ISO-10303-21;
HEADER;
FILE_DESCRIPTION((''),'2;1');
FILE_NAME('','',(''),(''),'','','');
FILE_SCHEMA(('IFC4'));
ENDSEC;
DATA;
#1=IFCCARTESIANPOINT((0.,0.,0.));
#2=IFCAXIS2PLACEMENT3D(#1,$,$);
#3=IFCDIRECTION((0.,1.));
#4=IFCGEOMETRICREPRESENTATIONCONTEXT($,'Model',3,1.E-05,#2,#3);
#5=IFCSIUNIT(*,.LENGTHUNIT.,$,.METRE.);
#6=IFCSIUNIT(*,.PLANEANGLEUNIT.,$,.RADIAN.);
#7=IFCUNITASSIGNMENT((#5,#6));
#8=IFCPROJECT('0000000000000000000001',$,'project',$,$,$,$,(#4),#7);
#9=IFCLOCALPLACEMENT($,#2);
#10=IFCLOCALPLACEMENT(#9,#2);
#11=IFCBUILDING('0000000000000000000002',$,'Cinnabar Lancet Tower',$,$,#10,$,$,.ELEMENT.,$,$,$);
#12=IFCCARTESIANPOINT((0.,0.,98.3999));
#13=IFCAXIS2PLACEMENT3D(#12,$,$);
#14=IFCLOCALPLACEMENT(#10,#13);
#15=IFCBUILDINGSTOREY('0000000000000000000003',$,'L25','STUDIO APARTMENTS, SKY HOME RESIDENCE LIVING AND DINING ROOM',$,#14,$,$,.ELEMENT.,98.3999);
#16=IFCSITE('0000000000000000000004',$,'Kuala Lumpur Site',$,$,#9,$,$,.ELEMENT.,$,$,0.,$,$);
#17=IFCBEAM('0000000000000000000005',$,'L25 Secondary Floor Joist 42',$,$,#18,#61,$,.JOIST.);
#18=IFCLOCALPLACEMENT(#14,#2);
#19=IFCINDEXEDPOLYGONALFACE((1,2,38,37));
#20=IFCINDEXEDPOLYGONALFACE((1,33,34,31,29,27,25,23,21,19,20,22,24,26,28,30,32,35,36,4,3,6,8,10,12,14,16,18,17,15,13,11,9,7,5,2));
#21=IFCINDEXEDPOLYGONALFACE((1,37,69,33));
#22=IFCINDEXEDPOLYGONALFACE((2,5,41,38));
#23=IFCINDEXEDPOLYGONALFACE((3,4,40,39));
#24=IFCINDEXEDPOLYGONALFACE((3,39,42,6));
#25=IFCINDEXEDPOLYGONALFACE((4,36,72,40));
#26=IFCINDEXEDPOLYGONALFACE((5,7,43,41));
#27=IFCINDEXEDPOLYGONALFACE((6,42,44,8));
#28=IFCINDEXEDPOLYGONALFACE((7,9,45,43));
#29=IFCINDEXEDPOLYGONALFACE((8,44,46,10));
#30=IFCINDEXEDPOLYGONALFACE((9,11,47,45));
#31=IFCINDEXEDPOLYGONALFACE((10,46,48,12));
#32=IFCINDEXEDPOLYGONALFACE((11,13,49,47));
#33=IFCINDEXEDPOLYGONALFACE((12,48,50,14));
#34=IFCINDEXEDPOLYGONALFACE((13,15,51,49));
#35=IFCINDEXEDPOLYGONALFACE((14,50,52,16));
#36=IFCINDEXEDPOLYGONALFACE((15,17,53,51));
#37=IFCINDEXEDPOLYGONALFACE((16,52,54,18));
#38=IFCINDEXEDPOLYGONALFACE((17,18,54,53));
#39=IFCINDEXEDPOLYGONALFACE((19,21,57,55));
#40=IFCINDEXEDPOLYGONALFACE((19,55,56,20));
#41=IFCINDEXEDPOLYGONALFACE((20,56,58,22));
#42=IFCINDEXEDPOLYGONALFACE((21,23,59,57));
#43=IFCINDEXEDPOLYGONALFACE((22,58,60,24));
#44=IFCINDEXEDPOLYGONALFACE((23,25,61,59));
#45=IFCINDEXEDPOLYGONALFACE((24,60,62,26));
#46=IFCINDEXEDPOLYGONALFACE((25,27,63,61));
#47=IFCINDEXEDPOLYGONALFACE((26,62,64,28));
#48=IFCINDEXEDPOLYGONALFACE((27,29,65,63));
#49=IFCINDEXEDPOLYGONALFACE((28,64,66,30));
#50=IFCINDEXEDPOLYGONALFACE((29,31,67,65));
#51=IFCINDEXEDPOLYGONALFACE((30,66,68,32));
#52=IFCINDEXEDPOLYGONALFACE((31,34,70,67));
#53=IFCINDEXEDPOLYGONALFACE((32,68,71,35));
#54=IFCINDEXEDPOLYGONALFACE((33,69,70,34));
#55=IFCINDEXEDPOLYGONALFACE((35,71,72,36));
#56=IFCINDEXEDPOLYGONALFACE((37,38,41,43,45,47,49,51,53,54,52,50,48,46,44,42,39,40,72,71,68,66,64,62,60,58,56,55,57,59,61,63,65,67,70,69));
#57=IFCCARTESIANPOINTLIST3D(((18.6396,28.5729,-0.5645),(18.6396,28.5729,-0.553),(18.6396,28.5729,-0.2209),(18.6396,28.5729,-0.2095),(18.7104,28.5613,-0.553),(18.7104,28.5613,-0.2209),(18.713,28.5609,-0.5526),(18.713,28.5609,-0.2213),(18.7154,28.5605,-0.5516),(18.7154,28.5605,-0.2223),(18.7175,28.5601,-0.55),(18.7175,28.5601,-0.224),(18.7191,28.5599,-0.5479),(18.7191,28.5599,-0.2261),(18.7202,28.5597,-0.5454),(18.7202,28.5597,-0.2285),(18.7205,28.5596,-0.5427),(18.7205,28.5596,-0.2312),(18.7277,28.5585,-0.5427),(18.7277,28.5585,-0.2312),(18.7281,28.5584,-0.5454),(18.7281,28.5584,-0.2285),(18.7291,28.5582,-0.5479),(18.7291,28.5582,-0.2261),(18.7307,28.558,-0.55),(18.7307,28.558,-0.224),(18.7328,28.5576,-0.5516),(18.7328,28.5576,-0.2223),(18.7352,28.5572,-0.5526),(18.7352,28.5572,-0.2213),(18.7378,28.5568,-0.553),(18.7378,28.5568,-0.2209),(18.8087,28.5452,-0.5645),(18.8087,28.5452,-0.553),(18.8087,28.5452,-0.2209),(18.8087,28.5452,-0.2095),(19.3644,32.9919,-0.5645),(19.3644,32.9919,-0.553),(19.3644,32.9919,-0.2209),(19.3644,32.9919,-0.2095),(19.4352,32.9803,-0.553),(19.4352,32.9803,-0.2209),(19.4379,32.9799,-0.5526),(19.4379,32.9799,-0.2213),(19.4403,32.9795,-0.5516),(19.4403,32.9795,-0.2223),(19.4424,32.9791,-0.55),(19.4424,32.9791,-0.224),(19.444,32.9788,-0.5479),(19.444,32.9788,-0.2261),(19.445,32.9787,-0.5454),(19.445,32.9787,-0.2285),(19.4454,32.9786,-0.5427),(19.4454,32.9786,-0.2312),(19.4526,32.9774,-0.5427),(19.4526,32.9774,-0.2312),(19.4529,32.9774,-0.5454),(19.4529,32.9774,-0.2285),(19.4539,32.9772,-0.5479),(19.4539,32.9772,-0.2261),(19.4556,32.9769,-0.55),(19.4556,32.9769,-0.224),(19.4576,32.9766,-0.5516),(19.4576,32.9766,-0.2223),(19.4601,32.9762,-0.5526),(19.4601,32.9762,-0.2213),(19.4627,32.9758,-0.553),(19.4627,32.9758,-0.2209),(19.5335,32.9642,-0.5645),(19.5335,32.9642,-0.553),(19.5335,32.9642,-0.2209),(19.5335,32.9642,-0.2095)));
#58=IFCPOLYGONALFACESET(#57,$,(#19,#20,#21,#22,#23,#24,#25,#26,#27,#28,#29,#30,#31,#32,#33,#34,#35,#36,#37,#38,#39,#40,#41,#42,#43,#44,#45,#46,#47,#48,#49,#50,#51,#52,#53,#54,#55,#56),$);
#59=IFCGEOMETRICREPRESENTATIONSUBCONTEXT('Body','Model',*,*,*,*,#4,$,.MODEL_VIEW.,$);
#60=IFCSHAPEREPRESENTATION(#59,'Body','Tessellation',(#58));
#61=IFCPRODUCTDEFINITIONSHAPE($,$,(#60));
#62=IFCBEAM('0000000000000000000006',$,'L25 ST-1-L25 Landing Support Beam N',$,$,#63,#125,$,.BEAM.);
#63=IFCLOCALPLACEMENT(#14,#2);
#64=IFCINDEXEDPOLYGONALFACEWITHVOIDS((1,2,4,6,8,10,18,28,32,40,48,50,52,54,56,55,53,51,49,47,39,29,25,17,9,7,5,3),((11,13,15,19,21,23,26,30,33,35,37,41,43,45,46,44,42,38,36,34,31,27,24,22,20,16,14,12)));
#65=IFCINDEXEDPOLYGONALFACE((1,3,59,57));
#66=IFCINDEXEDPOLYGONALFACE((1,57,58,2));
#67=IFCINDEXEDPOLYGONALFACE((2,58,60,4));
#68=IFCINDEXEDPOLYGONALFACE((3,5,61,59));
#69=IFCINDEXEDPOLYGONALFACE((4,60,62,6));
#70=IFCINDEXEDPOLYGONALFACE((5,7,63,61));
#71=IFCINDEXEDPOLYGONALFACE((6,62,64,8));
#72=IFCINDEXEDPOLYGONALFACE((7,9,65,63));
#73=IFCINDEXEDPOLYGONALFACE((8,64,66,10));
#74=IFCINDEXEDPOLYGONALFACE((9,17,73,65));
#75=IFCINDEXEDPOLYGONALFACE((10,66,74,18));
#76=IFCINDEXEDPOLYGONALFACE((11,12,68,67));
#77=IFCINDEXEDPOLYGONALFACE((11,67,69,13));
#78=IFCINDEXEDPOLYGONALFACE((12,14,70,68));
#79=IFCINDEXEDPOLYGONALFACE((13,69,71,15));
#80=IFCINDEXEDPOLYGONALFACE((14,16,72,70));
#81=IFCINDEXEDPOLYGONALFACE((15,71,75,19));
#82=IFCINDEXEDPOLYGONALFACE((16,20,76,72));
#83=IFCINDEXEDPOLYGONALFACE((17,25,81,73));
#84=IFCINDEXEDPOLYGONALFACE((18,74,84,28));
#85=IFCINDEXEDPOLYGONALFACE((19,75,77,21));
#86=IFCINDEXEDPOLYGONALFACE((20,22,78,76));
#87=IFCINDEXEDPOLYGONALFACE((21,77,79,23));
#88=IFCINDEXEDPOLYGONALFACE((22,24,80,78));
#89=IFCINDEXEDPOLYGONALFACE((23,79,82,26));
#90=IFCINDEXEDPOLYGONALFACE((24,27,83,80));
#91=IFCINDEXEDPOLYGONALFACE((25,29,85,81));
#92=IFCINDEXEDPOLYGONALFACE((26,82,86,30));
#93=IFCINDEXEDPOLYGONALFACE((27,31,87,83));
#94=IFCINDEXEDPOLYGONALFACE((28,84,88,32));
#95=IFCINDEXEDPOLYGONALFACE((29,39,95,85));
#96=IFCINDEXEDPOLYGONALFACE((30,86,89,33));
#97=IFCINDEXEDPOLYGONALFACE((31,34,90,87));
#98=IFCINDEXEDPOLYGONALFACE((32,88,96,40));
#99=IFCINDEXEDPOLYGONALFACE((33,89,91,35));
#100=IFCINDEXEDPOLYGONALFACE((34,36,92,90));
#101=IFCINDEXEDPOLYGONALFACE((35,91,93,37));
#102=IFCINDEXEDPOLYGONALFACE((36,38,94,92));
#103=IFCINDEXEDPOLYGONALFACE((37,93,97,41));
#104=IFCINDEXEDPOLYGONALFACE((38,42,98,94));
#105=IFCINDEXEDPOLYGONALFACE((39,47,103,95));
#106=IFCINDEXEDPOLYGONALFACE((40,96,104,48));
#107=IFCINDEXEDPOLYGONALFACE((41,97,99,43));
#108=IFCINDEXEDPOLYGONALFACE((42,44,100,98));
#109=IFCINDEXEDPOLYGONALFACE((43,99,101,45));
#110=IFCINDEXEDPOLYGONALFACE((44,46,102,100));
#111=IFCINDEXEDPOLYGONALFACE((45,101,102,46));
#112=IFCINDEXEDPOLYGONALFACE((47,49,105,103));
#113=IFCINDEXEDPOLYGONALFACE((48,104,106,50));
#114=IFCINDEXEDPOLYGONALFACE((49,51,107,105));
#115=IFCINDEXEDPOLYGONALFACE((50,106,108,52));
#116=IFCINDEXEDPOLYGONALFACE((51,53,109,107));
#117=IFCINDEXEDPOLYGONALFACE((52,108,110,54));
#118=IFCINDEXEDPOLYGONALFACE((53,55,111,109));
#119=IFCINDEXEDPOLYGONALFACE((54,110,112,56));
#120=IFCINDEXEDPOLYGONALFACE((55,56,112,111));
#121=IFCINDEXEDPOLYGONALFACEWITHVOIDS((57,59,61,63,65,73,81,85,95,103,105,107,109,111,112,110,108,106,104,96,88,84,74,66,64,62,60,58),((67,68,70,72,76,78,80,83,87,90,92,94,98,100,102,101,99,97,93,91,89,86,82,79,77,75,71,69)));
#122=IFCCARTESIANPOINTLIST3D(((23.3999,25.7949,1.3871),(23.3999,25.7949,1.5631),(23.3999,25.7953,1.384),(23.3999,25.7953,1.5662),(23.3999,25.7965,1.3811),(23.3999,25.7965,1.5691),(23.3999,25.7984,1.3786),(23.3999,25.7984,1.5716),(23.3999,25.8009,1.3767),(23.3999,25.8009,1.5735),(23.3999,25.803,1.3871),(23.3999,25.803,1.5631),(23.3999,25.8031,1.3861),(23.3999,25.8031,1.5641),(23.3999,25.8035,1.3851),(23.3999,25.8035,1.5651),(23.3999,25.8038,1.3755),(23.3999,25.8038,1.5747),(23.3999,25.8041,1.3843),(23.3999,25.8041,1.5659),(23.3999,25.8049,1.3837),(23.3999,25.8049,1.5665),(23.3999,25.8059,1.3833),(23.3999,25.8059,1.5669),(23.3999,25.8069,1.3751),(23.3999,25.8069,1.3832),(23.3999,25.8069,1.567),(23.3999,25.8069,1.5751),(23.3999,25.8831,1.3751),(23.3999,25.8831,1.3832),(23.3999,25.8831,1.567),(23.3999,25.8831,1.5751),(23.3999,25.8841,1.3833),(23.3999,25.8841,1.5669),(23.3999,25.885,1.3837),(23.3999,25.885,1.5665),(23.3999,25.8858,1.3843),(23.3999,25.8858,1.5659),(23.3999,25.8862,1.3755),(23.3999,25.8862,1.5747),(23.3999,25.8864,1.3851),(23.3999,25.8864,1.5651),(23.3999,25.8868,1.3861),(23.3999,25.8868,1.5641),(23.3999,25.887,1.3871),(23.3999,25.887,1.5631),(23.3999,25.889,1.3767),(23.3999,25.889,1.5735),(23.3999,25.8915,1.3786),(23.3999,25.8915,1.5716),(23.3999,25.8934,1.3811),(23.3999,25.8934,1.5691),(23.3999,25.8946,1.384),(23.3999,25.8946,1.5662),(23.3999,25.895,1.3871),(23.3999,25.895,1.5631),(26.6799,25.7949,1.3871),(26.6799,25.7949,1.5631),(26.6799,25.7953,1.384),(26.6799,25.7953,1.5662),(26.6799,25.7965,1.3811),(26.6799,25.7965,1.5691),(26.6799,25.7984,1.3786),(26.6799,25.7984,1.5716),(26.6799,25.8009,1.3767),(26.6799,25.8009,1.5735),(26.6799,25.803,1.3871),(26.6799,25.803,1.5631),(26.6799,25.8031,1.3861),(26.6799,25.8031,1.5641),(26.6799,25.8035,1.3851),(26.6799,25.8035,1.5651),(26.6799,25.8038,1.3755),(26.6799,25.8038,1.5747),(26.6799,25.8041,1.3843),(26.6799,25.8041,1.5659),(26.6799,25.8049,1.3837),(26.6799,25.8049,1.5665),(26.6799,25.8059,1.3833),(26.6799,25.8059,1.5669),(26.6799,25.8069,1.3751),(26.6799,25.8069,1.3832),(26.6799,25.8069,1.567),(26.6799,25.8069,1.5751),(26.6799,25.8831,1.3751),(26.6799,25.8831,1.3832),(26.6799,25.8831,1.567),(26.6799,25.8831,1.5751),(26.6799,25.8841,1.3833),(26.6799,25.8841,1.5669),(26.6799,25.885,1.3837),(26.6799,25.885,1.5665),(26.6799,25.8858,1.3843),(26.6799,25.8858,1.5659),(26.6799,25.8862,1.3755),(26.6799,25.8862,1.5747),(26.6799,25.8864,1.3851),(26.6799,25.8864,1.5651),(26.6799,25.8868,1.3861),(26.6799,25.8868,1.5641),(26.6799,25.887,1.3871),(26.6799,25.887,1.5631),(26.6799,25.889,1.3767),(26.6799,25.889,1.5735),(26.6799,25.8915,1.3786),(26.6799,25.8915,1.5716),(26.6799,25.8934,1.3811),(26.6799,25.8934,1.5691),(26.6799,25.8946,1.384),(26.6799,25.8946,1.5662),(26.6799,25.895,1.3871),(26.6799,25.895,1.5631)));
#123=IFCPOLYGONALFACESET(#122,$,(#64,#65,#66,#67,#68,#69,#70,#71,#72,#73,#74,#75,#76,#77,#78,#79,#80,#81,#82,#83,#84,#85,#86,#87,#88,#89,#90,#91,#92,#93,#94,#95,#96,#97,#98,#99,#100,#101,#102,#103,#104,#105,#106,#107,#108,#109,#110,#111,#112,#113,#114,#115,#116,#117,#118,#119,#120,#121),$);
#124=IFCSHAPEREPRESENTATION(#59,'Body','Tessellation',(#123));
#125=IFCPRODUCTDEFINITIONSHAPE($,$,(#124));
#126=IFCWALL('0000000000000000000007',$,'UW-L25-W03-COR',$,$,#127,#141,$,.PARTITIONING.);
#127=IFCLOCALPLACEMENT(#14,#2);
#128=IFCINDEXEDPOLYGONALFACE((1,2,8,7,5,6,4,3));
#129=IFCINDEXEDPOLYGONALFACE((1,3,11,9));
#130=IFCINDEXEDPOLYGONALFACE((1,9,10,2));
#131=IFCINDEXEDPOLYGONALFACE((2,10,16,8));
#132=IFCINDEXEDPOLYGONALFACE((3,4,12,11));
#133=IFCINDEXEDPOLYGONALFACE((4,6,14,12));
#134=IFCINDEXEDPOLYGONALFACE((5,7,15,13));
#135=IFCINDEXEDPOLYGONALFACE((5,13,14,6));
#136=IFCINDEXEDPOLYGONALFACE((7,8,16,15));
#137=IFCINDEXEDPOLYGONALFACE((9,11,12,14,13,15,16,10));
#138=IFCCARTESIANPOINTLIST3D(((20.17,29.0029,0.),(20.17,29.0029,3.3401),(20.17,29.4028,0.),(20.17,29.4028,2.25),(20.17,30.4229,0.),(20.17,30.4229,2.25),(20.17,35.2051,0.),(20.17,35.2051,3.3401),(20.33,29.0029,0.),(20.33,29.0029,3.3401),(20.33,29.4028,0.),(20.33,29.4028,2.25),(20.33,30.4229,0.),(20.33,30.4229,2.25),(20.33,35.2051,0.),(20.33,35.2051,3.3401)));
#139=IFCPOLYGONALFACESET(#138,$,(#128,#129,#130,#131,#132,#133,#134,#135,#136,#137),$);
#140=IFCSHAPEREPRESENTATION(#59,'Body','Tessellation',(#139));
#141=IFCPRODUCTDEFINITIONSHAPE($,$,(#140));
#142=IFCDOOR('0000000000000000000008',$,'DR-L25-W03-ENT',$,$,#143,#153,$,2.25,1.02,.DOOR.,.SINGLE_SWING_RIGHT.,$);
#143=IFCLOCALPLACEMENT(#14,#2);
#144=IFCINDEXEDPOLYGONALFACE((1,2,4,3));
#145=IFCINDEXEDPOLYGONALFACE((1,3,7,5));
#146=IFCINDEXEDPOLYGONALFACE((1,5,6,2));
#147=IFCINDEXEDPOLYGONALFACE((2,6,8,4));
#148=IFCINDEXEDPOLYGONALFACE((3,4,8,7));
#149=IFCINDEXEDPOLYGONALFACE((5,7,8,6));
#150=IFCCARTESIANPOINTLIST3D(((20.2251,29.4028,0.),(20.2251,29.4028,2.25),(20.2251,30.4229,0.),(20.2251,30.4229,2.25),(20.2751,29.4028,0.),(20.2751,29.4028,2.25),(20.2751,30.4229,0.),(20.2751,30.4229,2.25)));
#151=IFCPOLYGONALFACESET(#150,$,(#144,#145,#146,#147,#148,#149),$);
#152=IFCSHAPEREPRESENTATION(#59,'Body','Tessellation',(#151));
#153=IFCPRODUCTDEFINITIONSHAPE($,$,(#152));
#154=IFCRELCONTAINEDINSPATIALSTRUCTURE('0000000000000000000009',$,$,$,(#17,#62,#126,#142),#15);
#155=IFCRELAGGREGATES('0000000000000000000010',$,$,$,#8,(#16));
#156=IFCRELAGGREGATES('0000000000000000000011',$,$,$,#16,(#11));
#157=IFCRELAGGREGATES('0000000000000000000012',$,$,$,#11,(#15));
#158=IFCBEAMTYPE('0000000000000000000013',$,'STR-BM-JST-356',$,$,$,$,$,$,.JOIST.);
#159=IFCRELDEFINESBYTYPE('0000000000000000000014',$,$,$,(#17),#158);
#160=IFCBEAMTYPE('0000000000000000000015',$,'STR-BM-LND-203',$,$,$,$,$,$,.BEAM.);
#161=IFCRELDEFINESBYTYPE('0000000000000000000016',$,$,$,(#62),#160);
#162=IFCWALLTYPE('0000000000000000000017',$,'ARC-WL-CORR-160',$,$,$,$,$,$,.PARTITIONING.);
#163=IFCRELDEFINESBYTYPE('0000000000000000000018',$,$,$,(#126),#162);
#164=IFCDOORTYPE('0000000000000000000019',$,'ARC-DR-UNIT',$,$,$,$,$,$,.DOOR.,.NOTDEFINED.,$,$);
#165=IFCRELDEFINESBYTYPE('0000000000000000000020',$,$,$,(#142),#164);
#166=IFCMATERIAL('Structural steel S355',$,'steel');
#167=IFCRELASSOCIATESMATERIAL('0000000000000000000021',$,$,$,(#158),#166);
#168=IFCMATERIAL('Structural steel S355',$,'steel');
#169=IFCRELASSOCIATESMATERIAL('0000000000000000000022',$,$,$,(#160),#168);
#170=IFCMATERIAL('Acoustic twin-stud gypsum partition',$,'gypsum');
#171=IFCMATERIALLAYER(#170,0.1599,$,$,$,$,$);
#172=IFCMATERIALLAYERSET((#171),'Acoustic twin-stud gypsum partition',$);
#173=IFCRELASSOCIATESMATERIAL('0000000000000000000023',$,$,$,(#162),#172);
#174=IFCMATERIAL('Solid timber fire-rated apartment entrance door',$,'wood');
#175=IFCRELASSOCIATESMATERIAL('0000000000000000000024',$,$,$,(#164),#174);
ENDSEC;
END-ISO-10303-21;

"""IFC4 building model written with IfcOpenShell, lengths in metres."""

from ifc_helpers import new_model, si_unit, direction, frame, frame_2d, origin, origin_2d, place, context, subcontext, project, spatial, rectangle, hollow_rectangle, i_section, extrude, material, layer, layer_set, material_profile, profile_set, type_object, element, fill, save


model = new_model("IFC4")

# Units and contexts
model_context = context("Model", 3, precision=1e-05, world=origin(), true_north=direction((0.0, 1.0)))
body_context = subcontext(model_context, "Body", "Model", "MODEL_VIEW")
ifc_project = project(units=[si_unit("LENGTHUNIT", "METRE"), si_unit("PLANEANGLEUNIT", "RADIAN")], contexts=[model_context])

# Site, building, storey
site_placement = place(None, origin())
site = spatial("IfcSite", under=ifc_project, at=site_placement, Name="Kuala Lumpur Site", CompositionType="ELEMENT", RefElevation=0.0)
building_placement = place(site_placement, origin())
building = spatial("IfcBuilding", under=site, at=building_placement, Name="Cinnabar Lancet Tower", CompositionType="ELEMENT")
storey_placement = place(building_placement, frame((0.0, 0.0, 98.3999)))
storey = spatial("IfcBuildingStorey", under=building, at=storey_placement, Name="L25", Description="STUDIO APARTMENTS, SKY HOME RESIDENCE LIVING AND DINING ROOM", CompositionType="ELEMENT", Elevation=98.3999)

# Beams
ifc_material_1 = material(Name="Structural steel S355", Category="steel")
ifc_material_profile_1 = material_profile(ifc_material_1, i_section(OverallWidth=0.1714, OverallDepth=0.355, WebThickness=0.0073, FlangeThickness=0.0115, FilletRadius=0.0103, at=origin_2d()), Name="UKB 356x171x51")
ifc_profile_set_1 = profile_set([ifc_material_profile_1], Name="Structural steel S355")
beam_type_1 = type_object("IfcBeamType", Name="STR-BM-JST-356", PredefinedType="JOIST", material=ifc_profile_set_1)
beam_1_placement = place(storey_placement, frame((19.449, 32.978, -0.387), z_axis=(-0.16187, -0.986812, 0.0), x_axis=(0.986812, -0.16187, 0.0)))
element("IfcBeam", 1, at=beam_1_placement, inside=storey, type_object=beam_type_1, Name="L25 Secondary Floor Joist 42", PredefinedType="JOIST", context=body_context, shape_type="SweptSolid", body=[
    extrude(i_section(OverallWidth=0.1714, OverallDepth=0.355, WebThickness=0.0073, FlangeThickness=0.0115, FilletRadius=0.0103, at=origin_2d()), origin(), (0.0, 0.0, 1.0), 4.478),
])
ifc_material_2 = material(Name="Structural steel S355", Category="steel")
ifc_material_profile_2 = material_profile(ifc_material_2, hollow_rectangle(XDim=0.1001, YDim=0.2, WallThickness=0.0081, InnerFilletRadius=0.0039, OuterFilletRadius=0.012, at=origin_2d()), Name="RHS 200x100x8")
ifc_profile_set_2 = profile_set([ifc_material_profile_2], Name="Structural steel S355")
beam_type_2 = type_object("IfcBeamType", Name="STR-BM-LND-203", PredefinedType="BEAM", material=ifc_profile_set_2)
beam_2_placement = place(storey_placement, frame((23.3999, 25.845, 1.4751), z_axis=(1.0, 0.0, 0.0), x_axis=(0.0, 1.0, 0.0)))
element("IfcBeam", 2, at=beam_2_placement, inside=storey, type_object=beam_type_2, Name="L25 ST-1-L25 Landing Support Beam N", PredefinedType="BEAM", context=body_context, shape_type="SweptSolid", body=[
    extrude(hollow_rectangle(XDim=0.1001, YDim=0.2, WallThickness=0.0081, InnerFilletRadius=0.0039, OuterFilletRadius=0.012, at=origin_2d()), origin(), (0.0, 0.0, 1.0), 3.28),
])

# Wall, opening, door
ifc_material_3 = material(Name="Acoustic twin-stud gypsum partition", Category="gypsum")
ifc_layer_1 = layer(ifc_material_3, 0.1599)
ifc_layer_set_1 = layer_set([ifc_layer_1], Name="Acoustic twin-stud gypsum partition")
wall_type_1 = type_object("IfcWallType", Name="ARC-WL-CORR-160", PredefinedType="PARTITIONING", material=ifc_layer_set_1)
wall_1_placement = place(storey_placement, frame((20.25, 29.0029, 0.0), z_axis=(0.0, 0.0, 1.0), x_axis=(0.0, 1.0, 0.0)))
wall_1 = element("IfcWall", 3, at=wall_1_placement, inside=storey, type_object=wall_type_1, Name="UW-L25-W03-COR", PredefinedType="PARTITIONING", context=body_context, shape_type="SweptSolid", body=[
    extrude(rectangle(XDim=6.2021, YDim=0.1599, at=frame_2d((3.1011, 0.0))), origin(), (0.0, 0.0, 1.0), 3.3401),
])
opening_1_placement = place(wall_1_placement, frame((0.3999, 0.0, 0.0)))
opening_1 = element("IfcOpeningElement", 4, at=opening_1_placement, cuts=wall_1, PredefinedType="OPENING", context=body_context, shape_type="SweptSolid", body=[
    extrude(rectangle(XDim=1.02, YDim=2.25, at=frame_2d((0.51, 1.125))), frame((0.0, 0.0898, 0.0), z_axis=(0.0, -1.0, 0.0), x_axis=(1.0, 0.0, 0.0)), (0.0, 0.0, 1.0), 0.1799),
])
ifc_material_4 = material(Name="Solid timber fire-rated apartment entrance door", Category="wood")
door_type_1 = type_object("IfcDoorType", Name="ARC-DR-UNIT", OperationType="NOTDEFINED", PredefinedType="DOOR", material=ifc_material_4)
door_1_placement = place(opening_1_placement, origin())
door_1 = element("IfcDoor", 5, at=door_1_placement, inside=storey, type_object=door_type_1, Name="DR-L25-W03-ENT", OperationType="SINGLE_SWING_RIGHT", OverallHeight=2.25, OverallWidth=1.02, PredefinedType="DOOR", context=body_context, shape_type="SweptSolid", body=[
    extrude(rectangle(XDim=1.02, YDim=2.25, at=frame_2d((0.51, 1.125))), frame((0.0, 0.0249, 0.0), z_axis=(0.0, -1.0, 0.0), x_axis=(1.0, 0.0, 0.0)), (0.0, 0.0, 1.0), 0.05),
])
fill(opening_1, door_1)

save(model, "model.ifc")
